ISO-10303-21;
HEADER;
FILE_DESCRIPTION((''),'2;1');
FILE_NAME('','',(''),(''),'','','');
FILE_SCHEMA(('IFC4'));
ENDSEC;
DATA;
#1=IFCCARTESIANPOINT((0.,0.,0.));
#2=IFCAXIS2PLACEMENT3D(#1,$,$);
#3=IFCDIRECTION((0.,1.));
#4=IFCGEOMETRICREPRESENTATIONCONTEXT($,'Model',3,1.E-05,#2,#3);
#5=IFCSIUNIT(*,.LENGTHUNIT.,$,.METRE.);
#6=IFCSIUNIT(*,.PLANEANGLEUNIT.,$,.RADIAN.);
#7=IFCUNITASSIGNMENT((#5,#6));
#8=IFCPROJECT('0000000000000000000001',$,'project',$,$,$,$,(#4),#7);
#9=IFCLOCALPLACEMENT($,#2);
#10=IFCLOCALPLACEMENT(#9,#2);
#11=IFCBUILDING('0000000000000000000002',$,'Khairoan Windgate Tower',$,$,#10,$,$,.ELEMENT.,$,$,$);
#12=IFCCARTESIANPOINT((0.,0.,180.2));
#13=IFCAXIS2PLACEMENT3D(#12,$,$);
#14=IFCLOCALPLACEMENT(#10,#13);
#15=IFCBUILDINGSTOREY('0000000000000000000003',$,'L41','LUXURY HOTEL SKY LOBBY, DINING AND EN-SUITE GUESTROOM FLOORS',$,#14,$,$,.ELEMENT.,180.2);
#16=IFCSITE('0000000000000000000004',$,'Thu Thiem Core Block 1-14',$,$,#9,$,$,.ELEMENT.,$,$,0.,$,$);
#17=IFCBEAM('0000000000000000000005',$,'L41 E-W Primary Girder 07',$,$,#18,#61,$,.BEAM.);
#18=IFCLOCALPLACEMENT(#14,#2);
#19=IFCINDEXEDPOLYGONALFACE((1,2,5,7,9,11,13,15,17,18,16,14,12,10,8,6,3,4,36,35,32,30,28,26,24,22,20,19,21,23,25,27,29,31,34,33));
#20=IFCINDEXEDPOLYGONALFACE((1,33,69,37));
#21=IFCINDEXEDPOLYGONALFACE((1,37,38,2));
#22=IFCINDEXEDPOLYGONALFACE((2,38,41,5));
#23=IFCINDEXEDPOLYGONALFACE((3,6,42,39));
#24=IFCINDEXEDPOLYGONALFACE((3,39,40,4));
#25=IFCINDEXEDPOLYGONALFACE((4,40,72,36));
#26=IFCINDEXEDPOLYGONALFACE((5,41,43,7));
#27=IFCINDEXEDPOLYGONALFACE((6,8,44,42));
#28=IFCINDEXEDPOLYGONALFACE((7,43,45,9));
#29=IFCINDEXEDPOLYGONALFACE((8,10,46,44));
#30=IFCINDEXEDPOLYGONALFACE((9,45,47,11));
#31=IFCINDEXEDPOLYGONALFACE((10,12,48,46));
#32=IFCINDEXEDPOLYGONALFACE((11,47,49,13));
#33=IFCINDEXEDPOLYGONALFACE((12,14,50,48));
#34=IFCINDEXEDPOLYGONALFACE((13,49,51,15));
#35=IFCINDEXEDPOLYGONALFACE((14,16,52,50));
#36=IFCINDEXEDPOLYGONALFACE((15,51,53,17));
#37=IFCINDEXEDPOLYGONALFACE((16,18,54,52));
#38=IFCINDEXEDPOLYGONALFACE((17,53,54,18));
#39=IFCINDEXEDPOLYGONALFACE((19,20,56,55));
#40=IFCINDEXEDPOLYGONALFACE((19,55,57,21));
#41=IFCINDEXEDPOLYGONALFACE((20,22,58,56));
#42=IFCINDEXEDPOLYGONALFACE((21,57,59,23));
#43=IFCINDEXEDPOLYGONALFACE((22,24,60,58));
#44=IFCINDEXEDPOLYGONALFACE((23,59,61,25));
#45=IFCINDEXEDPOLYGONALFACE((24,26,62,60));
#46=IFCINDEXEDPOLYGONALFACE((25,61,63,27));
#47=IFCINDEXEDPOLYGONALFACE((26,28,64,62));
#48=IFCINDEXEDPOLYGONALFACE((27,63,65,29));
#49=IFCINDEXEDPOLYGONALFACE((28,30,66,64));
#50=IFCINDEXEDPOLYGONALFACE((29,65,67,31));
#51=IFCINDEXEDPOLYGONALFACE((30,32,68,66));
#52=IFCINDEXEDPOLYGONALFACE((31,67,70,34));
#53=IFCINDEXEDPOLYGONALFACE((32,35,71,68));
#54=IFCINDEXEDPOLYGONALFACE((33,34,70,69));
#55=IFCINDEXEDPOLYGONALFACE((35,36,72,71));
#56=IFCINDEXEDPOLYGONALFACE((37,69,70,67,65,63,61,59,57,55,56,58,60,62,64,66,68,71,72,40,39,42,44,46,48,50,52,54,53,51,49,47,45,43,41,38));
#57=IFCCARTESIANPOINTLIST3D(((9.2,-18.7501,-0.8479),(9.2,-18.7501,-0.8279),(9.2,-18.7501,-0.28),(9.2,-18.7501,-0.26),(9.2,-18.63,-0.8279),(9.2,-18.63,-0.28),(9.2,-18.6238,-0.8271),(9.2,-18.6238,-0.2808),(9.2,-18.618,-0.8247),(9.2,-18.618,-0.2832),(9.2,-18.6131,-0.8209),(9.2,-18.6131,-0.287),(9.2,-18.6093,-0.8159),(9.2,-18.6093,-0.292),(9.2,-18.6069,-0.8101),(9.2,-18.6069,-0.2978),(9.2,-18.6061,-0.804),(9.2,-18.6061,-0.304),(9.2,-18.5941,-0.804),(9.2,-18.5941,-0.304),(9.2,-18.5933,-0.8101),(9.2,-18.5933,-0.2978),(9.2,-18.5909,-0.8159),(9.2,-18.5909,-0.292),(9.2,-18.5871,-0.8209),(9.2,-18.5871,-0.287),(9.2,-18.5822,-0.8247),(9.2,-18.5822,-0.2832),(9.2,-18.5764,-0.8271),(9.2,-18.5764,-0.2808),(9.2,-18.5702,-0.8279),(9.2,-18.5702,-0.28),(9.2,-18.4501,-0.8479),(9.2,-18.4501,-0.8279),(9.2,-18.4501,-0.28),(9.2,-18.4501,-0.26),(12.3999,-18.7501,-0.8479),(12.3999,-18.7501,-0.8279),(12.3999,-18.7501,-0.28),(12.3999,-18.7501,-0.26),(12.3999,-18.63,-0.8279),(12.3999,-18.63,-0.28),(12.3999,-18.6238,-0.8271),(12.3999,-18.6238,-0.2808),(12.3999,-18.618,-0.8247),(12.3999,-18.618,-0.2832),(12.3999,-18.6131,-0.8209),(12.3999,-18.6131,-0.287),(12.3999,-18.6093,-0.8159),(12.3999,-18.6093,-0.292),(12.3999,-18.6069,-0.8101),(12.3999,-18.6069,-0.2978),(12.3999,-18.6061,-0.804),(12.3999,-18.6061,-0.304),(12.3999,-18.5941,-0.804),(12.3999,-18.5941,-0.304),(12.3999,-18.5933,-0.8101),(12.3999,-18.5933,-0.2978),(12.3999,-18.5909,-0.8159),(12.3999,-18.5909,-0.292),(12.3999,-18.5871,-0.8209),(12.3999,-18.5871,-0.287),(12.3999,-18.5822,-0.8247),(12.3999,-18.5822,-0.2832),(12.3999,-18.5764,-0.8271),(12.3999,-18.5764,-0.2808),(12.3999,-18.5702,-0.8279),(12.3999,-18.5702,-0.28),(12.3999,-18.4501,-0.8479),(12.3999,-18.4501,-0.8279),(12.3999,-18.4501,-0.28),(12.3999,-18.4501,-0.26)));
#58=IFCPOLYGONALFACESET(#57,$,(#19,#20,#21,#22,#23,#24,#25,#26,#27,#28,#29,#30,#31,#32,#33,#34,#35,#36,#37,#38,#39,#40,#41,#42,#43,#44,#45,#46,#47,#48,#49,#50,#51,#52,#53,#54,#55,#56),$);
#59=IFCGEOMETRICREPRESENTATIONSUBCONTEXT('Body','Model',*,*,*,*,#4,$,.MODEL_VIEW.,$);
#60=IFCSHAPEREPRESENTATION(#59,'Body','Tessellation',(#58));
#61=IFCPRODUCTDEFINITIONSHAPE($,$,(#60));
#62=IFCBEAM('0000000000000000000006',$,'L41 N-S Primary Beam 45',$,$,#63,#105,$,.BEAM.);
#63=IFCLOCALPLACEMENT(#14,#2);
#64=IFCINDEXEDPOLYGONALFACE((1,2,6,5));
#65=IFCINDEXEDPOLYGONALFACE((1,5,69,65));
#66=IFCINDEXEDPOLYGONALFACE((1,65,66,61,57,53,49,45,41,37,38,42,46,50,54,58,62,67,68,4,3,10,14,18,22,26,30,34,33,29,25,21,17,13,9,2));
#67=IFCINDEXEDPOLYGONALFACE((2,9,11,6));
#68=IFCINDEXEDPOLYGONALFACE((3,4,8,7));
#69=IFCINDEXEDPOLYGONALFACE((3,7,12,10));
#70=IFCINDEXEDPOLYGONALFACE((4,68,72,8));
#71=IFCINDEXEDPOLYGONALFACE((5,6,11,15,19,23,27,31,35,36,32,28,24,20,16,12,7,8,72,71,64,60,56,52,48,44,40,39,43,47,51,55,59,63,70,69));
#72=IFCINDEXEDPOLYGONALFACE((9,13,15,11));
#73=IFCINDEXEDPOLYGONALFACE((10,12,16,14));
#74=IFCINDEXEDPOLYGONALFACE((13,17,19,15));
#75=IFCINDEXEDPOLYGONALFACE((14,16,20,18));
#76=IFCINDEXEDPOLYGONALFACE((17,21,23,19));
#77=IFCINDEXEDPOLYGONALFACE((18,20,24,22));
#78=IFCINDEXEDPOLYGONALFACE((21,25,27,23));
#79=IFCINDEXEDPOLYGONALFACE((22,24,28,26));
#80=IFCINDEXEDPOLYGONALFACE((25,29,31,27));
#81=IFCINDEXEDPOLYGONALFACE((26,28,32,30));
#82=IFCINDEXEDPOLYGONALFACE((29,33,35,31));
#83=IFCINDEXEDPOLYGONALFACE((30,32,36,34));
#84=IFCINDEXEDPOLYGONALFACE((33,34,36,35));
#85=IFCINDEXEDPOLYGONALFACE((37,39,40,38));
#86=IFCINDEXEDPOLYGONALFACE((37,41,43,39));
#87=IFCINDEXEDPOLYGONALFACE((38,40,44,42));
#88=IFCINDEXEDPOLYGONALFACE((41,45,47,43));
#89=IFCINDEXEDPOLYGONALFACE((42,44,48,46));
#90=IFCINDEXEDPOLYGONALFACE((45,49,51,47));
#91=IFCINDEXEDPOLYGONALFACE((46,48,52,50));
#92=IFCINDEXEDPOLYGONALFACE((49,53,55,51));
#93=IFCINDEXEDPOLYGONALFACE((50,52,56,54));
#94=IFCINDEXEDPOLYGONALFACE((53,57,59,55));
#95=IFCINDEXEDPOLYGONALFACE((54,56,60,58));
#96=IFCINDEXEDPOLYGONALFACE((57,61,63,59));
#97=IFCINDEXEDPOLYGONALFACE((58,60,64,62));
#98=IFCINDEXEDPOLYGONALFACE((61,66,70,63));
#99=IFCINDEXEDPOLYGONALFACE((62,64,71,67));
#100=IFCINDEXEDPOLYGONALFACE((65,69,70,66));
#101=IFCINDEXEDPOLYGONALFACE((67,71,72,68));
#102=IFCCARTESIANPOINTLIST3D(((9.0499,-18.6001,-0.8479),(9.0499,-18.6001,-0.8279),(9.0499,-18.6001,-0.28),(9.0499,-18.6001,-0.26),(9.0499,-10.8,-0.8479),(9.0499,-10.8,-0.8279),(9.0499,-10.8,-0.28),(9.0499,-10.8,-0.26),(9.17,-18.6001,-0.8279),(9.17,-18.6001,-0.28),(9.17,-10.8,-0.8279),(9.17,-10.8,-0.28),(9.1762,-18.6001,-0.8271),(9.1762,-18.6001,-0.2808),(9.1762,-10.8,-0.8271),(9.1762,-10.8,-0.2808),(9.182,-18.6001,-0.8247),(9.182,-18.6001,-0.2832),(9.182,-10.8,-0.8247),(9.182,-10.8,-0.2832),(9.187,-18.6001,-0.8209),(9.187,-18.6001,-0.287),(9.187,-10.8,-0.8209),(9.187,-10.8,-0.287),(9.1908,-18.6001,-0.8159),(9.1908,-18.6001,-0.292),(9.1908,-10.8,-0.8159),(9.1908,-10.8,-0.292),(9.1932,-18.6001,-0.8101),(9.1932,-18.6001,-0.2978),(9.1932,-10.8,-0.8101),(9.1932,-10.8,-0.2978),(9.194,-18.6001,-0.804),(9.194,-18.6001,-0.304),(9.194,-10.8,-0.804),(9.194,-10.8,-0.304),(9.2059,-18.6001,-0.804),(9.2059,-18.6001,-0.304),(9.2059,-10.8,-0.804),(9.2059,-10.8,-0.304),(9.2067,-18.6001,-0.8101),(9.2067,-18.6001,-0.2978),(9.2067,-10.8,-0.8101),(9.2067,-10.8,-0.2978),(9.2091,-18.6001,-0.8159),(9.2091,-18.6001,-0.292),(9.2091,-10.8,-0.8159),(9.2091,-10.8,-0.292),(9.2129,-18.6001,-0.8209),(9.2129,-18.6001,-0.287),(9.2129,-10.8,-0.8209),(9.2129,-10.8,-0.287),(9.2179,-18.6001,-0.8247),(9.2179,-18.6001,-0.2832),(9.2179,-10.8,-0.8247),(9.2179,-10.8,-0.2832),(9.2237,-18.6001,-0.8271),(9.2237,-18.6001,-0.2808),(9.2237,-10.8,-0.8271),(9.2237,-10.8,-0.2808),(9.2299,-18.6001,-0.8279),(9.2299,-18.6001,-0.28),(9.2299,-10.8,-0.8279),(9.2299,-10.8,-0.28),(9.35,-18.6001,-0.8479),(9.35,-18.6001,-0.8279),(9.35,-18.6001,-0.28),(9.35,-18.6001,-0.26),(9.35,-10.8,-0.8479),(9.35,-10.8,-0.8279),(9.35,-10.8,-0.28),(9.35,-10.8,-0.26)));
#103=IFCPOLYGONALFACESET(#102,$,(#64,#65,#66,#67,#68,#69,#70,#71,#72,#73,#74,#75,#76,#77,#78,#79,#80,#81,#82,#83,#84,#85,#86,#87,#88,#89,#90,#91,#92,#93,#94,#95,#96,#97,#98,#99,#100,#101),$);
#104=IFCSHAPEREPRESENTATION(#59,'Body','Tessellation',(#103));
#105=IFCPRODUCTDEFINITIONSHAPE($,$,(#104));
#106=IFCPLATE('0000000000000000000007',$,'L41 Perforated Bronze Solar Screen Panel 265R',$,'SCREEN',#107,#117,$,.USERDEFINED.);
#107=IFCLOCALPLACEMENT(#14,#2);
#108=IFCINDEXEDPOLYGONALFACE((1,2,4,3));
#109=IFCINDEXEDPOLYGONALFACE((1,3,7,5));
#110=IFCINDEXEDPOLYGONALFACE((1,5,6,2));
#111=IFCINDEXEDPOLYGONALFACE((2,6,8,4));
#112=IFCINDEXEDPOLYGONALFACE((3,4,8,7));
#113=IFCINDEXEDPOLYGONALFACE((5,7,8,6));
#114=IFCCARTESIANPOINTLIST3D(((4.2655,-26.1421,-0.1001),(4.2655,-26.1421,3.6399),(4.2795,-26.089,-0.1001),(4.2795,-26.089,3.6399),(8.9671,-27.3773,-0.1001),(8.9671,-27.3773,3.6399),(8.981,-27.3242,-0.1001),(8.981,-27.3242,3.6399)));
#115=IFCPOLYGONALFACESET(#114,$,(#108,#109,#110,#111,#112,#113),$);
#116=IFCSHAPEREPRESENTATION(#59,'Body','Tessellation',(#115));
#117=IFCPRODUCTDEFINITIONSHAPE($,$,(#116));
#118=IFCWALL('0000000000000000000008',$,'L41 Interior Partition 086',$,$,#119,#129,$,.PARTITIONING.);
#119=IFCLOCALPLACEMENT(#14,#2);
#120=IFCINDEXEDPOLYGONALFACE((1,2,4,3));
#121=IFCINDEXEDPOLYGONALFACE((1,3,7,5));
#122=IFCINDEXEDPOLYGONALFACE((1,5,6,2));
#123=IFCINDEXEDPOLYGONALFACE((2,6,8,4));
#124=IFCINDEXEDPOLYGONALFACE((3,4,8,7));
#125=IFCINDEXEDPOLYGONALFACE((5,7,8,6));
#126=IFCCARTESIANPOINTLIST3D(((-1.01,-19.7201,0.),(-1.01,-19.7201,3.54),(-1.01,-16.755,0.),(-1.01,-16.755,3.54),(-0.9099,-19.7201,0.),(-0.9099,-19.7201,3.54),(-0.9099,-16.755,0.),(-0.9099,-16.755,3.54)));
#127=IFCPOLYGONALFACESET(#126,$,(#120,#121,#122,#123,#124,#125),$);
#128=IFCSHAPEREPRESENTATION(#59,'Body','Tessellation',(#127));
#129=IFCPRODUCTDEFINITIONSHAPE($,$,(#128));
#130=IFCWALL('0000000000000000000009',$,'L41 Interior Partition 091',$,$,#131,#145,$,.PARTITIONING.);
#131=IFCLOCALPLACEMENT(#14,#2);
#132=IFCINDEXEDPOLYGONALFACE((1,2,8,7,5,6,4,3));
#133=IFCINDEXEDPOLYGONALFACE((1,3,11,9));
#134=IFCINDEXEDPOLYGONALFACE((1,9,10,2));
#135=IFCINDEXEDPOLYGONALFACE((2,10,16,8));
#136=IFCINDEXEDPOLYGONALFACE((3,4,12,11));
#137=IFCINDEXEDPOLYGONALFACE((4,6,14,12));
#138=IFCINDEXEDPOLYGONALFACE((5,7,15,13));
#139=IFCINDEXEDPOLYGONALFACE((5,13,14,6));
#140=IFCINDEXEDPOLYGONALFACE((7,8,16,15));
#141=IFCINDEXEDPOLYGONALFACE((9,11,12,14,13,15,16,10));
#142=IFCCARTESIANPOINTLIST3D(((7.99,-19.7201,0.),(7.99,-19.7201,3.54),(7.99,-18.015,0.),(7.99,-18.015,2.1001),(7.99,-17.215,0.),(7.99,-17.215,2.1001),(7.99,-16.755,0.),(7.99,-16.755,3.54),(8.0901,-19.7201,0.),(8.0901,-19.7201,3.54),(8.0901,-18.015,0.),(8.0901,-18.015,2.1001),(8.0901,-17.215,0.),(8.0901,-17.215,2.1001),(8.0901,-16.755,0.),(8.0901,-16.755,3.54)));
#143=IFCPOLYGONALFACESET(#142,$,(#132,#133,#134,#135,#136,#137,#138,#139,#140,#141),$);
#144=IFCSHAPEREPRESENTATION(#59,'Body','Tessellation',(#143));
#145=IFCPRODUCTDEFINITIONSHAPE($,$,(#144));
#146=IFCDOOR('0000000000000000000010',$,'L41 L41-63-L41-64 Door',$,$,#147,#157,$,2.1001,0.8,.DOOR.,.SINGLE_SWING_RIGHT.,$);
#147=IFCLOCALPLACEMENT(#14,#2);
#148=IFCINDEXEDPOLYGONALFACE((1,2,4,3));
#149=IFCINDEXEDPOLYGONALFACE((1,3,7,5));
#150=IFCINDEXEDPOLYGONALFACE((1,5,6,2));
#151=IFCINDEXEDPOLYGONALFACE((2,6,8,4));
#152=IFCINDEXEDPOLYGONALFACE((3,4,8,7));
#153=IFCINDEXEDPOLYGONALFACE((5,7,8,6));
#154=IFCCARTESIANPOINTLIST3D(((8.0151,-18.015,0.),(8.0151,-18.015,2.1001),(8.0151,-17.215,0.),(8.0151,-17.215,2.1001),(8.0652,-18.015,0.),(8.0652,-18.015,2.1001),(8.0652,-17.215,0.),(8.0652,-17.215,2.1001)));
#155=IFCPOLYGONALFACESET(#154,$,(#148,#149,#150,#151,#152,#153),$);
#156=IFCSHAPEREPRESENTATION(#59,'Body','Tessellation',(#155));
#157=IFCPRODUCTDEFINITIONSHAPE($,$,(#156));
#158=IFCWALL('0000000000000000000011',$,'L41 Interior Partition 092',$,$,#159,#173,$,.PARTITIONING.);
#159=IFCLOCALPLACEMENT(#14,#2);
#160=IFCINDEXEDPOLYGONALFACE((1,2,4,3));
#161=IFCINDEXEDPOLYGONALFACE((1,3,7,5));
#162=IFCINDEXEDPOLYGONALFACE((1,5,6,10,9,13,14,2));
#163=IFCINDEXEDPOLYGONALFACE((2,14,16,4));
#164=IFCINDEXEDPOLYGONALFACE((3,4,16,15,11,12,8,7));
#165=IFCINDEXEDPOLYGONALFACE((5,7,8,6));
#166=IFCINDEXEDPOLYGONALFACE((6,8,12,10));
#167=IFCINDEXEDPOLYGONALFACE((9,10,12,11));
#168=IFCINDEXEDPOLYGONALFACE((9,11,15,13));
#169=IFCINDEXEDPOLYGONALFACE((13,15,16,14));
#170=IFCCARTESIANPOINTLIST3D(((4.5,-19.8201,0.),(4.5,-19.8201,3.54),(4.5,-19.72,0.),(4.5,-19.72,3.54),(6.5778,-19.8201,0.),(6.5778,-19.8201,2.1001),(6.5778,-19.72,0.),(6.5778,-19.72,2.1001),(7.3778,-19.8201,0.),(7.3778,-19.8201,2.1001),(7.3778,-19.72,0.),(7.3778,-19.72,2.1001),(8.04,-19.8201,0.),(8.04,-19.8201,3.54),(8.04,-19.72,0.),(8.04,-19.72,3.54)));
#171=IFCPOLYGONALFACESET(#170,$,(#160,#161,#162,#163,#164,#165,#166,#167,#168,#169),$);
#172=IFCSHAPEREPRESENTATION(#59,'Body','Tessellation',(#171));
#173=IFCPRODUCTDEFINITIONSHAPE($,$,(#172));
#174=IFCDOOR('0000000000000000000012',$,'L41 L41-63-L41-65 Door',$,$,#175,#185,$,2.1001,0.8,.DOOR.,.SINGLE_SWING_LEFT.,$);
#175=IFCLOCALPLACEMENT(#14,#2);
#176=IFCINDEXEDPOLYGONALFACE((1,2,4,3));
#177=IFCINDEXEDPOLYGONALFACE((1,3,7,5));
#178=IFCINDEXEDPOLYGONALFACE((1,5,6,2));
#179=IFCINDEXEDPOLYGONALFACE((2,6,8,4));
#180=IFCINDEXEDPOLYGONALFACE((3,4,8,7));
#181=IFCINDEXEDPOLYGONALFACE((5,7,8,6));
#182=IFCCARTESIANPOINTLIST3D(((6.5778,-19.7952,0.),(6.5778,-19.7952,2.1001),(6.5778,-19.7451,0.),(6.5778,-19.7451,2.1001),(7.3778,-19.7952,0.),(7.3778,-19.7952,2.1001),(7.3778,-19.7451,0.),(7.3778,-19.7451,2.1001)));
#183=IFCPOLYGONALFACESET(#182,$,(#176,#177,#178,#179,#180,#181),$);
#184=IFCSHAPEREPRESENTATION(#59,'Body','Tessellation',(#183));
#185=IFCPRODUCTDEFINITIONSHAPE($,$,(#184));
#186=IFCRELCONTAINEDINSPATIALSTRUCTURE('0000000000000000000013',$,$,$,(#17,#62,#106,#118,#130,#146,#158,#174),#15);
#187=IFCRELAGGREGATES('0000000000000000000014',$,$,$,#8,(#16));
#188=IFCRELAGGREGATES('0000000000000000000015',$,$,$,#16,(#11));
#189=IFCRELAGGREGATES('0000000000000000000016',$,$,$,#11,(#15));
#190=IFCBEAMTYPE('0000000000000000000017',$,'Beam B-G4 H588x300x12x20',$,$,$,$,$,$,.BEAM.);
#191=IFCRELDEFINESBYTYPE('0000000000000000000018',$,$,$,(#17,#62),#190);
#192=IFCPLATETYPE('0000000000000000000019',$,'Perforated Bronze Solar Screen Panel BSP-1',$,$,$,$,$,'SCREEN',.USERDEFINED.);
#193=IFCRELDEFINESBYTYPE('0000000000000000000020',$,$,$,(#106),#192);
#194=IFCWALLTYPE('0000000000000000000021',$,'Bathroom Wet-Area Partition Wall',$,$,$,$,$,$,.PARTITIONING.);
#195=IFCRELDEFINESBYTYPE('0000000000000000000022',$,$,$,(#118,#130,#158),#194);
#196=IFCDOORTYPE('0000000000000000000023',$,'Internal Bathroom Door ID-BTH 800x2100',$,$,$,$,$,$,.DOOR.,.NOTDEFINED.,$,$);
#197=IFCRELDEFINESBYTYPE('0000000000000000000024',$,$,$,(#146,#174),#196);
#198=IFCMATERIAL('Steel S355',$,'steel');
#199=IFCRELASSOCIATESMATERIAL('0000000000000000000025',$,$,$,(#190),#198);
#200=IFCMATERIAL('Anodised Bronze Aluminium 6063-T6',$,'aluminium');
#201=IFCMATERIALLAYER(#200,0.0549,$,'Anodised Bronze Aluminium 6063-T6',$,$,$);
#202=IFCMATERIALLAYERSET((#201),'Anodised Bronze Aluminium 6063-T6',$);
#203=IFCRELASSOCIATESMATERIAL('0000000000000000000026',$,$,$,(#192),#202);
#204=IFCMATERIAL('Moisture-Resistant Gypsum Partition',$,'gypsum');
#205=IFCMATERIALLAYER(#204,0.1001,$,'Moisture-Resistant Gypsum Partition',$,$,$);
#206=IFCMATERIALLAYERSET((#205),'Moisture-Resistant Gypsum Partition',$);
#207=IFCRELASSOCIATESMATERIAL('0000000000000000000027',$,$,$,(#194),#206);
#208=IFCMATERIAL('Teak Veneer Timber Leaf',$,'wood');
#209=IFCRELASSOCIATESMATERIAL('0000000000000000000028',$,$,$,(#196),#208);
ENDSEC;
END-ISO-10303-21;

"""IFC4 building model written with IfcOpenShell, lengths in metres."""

from ifc_helpers import new_model, si_unit, direction, frame, frame_2d, origin, origin_2d, place, context, subcontext, project, spatial, rectangle, i_section, extrude, material, layer, layer_set, material_profile, profile_set, type_object, element, fill, save


model = new_model("IFC4")

# Units and contexts
model_context = context("Model", 3, precision=1e-05, world=origin(), true_north=direction((0.0, 1.0)))
body_context = subcontext(model_context, "Body", "Model", "MODEL_VIEW")
ifc_project = project(units=[si_unit("LENGTHUNIT", "METRE"), si_unit("PLANEANGLEUNIT", "RADIAN")], contexts=[model_context])

# Site, building, storey
site_placement = place(None, origin())
site = spatial("IfcSite", under=ifc_project, at=site_placement, Name="Thu Thiem Core Block 1-14", CompositionType="ELEMENT", RefElevation=0.0)
building_placement = place(site_placement, origin())
building = spatial("IfcBuilding", under=site, at=building_placement, Name="Khairoan Windgate Tower", CompositionType="ELEMENT")
storey_placement = place(building_placement, frame((0.0, 0.0, 180.2)))
storey = spatial("IfcBuildingStorey", under=building, at=storey_placement, Name="L41", Description="LUXURY HOTEL SKY LOBBY, DINING AND EN-SUITE GUESTROOM FLOORS", CompositionType="ELEMENT", Elevation=180.2)

# Beams
ifc_material_1 = material(Name="Steel S355", Category="steel")
ifc_material_profile_1 = material_profile(ifc_material_1, i_section(OverallWidth=0.3, OverallDepth=0.5879, WebThickness=0.012, FlangeThickness=0.02, FilletRadius=0.0239, at=origin_2d()))
ifc_profile_set_1 = profile_set([ifc_material_profile_1], Name="Steel S355")
beam_type = type_object("IfcBeamType", Name="Beam B-G4 H588x300x12x20", PredefinedType="BEAM", material=ifc_profile_set_1)
beam_1_placement = place(storey_placement, frame((9.2, -18.6001, -0.554), z_axis=(1.0, 0.0, 0.0), x_axis=(0.0, 1.0, 0.0)))
element("IfcBeam", 1, at=beam_1_placement, inside=storey, type_object=beam_type, Name="L41 E-W Primary Girder 07", PredefinedType="BEAM", context=body_context, shape_type="SweptSolid", body=[
    extrude(i_section(OverallWidth=0.3, OverallDepth=0.5879, WebThickness=0.012, FlangeThickness=0.02, FilletRadius=0.0239, at=origin_2d()), origin(), (0.0, 0.0, 1.0), 3.2),
])
beam_2_placement = place(storey_placement, frame((9.2, -18.6001, -0.554), z_axis=(0.0, 1.0, 0.0), x_axis=(-1.0, 0.0, 0.0)))
element("IfcBeam", 2, at=beam_2_placement, inside=storey, type_object=beam_type, Name="L41 N-S Primary Beam 45", PredefinedType="BEAM", context=body_context, shape_type="SweptSolid", body=[
    extrude(i_section(OverallWidth=0.3, OverallDepth=0.5879, WebThickness=0.012, FlangeThickness=0.02, FilletRadius=0.0239, at=origin_2d()), origin(), (0.0, 0.0, 1.0), 7.8),
])

# Plate
ifc_material_2 = material(Name="Anodised Bronze Aluminium 6063-T6", Category="aluminium")
ifc_layer_1 = layer(ifc_material_2, 0.0549, Name="Anodised Bronze Aluminium 6063-T6")
ifc_layer_set_1 = layer_set([ifc_layer_1], Name="Anodised Bronze Aluminium 6063-T6")
plate_type = type_object("IfcPlateType", Name="Perforated Bronze Solar Screen Panel BSP-1", ElementType="SCREEN", PredefinedType="USERDEFINED", material=ifc_layer_set_1)
plate_placement = place(storey_placement, frame((6.6233, -26.7332, -0.1001), z_axis=(0.0, 0.0, 1.0), x_axis=(-0.967179, 0.254096, 0.0)))
element("IfcPlate", 3, at=plate_placement, inside=storey, type_object=plate_type, Name="L41 Perforated Bronze Solar Screen Panel 265R", ObjectType="SCREEN", PredefinedType="USERDEFINED", context=body_context, shape_type="SweptSolid", body=[
    extrude(rectangle(XDim=4.8611, YDim=0.0549, at=origin_2d()), origin(), (0.0, 0.0, 1.0), 3.74),
])

# Wall
ifc_material_3 = material(Name="Moisture-Resistant Gypsum Partition", Category="gypsum")
ifc_layer_2 = layer(ifc_material_3, 0.1001, Name="Moisture-Resistant Gypsum Partition")
ifc_layer_set_2 = layer_set([ifc_layer_2], Name="Moisture-Resistant Gypsum Partition")
wall_type_1 = type_object("IfcWallType", Name="Bathroom Wet-Area Partition Wall", PredefinedType="PARTITIONING", material=ifc_layer_set_2)
wall_1_placement = place(storey_placement, frame((-0.96, -19.72, 0.0), z_axis=(0.0, 0.0, 1.0), x_axis=(0.0, 1.0, 0.0)))
element("IfcWall", 4, at=wall_1_placement, inside=storey, type_object=wall_type_1, Name="L41 Interior Partition 086", PredefinedType="PARTITIONING", context=body_context, shape_type="SweptSolid", body=[
    extrude(rectangle(XDim=2.9651, YDim=0.1001, at=frame_2d((1.4824, 0.0))), origin(), (0.0, 0.0, 1.0), 3.54),
])

# Walls, openings, doors
wall_2_placement = place(storey_placement, frame((8.04, -19.72, 0.0), z_axis=(0.0, 0.0, 1.0), x_axis=(0.0, 1.0, 0.0)))
wall_2 = element("IfcWall", 5, at=wall_2_placement, inside=storey, type_object=wall_type_1, Name="L41 Interior Partition 091", PredefinedType="PARTITIONING", context=body_context, shape_type="SweptSolid", body=[
    extrude(rectangle(XDim=2.9651, YDim=0.1001, at=frame_2d((1.4824, 0.0))), origin(), (0.0, 0.0, 1.0), 3.54),
])
opening_1_placement = place(wall_2_placement, frame((1.7051, 0.0, 0.0)))
opening_1 = element("IfcOpeningElement", 6, at=opening_1_placement, cuts=wall_2, PredefinedType="OPENING", context=body_context, shape_type="SweptSolid", body=[
    extrude(rectangle(XDim=0.8, YDim=2.1001, at=frame_2d((0.3999, 1.05))), frame((0.0, 0.0601, 0.0), z_axis=(0.0, -1.0, 0.0), x_axis=(1.0, 0.0, 0.0)), (0.0, 0.0, 1.0), 0.1201),
])
ifc_material_4 = material(Name="Teak Veneer Timber Leaf", Category="wood")
door_type_1 = type_object("IfcDoorType", Name="Internal Bathroom Door ID-BTH 800x2100", OperationType="NOTDEFINED", PredefinedType="DOOR", material=ifc_material_4)
door_1_placement = place(opening_1_placement, origin())
door_1 = element("IfcDoor", 7, at=door_1_placement, inside=storey, type_object=door_type_1, Name="L41 L41-63-L41-64 Door", OperationType="SINGLE_SWING_RIGHT", OverallHeight=2.1001, OverallWidth=0.8, PredefinedType="DOOR", context=body_context, shape_type="SweptSolid", body=[
    extrude(rectangle(XDim=0.8, YDim=2.1001, at=frame_2d((0.3999, 1.05))), frame((0.0, 0.0249, 0.0), z_axis=(0.0, -1.0, 0.0), x_axis=(1.0, 0.0, 0.0)), (0.0, 0.0, 1.0), 0.05),
])
fill(opening_1, door_1)
wall_3_placement = place(storey_placement, frame((4.5, -19.77, 0.0), z_axis=(0.0, 0.0, 1.0), x_axis=(1.0, 0.0, 0.0)))
wall_3 = element("IfcWall", 8, at=wall_3_placement, inside=storey, type_object=wall_type_1, Name="L41 Interior Partition 092", PredefinedType="PARTITIONING", context=body_context, shape_type="SweptSolid", body=[
    extrude(rectangle(XDim=3.54, YDim=0.1001, at=frame_2d((1.77, 0.0))), origin(), (0.0, 0.0, 1.0), 3.54),
])
opening_2_placement = place(wall_3_placement, frame((2.0779, 0.0, 0.0)))
opening_2 = element("IfcOpeningElement", 9, at=opening_2_placement, cuts=wall_3, PredefinedType="OPENING", context=body_context, shape_type="SweptSolid", body=[
    extrude(rectangle(XDim=0.8, YDim=2.1001, at=frame_2d((0.3999, 1.05))), frame((0.0, 0.0601, 0.0), z_axis=(0.0, -1.0, 0.0), x_axis=(1.0, 0.0, 0.0)), (0.0, 0.0, 1.0), 0.1201),
])
door_2_placement = place(opening_2_placement, origin())
door_2 = element("IfcDoor", 10, at=door_2_placement, inside=storey, type_object=door_type_1, Name="L41 L41-63-L41-65 Door", OperationType="SINGLE_SWING_LEFT", OverallHeight=2.1001, OverallWidth=0.8, PredefinedType="DOOR", context=body_context, shape_type="SweptSolid", body=[
    extrude(rectangle(XDim=0.8, YDim=2.1001, at=frame_2d((0.3999, 1.05))), frame((0.0, 0.0249, 0.0), z_axis=(0.0, -1.0, 0.0), x_axis=(1.0, 0.0, 0.0)), (0.0, 0.0, 1.0), 0.05),
])
fill(opening_2, door_2)

save(model, "model.ifc")
